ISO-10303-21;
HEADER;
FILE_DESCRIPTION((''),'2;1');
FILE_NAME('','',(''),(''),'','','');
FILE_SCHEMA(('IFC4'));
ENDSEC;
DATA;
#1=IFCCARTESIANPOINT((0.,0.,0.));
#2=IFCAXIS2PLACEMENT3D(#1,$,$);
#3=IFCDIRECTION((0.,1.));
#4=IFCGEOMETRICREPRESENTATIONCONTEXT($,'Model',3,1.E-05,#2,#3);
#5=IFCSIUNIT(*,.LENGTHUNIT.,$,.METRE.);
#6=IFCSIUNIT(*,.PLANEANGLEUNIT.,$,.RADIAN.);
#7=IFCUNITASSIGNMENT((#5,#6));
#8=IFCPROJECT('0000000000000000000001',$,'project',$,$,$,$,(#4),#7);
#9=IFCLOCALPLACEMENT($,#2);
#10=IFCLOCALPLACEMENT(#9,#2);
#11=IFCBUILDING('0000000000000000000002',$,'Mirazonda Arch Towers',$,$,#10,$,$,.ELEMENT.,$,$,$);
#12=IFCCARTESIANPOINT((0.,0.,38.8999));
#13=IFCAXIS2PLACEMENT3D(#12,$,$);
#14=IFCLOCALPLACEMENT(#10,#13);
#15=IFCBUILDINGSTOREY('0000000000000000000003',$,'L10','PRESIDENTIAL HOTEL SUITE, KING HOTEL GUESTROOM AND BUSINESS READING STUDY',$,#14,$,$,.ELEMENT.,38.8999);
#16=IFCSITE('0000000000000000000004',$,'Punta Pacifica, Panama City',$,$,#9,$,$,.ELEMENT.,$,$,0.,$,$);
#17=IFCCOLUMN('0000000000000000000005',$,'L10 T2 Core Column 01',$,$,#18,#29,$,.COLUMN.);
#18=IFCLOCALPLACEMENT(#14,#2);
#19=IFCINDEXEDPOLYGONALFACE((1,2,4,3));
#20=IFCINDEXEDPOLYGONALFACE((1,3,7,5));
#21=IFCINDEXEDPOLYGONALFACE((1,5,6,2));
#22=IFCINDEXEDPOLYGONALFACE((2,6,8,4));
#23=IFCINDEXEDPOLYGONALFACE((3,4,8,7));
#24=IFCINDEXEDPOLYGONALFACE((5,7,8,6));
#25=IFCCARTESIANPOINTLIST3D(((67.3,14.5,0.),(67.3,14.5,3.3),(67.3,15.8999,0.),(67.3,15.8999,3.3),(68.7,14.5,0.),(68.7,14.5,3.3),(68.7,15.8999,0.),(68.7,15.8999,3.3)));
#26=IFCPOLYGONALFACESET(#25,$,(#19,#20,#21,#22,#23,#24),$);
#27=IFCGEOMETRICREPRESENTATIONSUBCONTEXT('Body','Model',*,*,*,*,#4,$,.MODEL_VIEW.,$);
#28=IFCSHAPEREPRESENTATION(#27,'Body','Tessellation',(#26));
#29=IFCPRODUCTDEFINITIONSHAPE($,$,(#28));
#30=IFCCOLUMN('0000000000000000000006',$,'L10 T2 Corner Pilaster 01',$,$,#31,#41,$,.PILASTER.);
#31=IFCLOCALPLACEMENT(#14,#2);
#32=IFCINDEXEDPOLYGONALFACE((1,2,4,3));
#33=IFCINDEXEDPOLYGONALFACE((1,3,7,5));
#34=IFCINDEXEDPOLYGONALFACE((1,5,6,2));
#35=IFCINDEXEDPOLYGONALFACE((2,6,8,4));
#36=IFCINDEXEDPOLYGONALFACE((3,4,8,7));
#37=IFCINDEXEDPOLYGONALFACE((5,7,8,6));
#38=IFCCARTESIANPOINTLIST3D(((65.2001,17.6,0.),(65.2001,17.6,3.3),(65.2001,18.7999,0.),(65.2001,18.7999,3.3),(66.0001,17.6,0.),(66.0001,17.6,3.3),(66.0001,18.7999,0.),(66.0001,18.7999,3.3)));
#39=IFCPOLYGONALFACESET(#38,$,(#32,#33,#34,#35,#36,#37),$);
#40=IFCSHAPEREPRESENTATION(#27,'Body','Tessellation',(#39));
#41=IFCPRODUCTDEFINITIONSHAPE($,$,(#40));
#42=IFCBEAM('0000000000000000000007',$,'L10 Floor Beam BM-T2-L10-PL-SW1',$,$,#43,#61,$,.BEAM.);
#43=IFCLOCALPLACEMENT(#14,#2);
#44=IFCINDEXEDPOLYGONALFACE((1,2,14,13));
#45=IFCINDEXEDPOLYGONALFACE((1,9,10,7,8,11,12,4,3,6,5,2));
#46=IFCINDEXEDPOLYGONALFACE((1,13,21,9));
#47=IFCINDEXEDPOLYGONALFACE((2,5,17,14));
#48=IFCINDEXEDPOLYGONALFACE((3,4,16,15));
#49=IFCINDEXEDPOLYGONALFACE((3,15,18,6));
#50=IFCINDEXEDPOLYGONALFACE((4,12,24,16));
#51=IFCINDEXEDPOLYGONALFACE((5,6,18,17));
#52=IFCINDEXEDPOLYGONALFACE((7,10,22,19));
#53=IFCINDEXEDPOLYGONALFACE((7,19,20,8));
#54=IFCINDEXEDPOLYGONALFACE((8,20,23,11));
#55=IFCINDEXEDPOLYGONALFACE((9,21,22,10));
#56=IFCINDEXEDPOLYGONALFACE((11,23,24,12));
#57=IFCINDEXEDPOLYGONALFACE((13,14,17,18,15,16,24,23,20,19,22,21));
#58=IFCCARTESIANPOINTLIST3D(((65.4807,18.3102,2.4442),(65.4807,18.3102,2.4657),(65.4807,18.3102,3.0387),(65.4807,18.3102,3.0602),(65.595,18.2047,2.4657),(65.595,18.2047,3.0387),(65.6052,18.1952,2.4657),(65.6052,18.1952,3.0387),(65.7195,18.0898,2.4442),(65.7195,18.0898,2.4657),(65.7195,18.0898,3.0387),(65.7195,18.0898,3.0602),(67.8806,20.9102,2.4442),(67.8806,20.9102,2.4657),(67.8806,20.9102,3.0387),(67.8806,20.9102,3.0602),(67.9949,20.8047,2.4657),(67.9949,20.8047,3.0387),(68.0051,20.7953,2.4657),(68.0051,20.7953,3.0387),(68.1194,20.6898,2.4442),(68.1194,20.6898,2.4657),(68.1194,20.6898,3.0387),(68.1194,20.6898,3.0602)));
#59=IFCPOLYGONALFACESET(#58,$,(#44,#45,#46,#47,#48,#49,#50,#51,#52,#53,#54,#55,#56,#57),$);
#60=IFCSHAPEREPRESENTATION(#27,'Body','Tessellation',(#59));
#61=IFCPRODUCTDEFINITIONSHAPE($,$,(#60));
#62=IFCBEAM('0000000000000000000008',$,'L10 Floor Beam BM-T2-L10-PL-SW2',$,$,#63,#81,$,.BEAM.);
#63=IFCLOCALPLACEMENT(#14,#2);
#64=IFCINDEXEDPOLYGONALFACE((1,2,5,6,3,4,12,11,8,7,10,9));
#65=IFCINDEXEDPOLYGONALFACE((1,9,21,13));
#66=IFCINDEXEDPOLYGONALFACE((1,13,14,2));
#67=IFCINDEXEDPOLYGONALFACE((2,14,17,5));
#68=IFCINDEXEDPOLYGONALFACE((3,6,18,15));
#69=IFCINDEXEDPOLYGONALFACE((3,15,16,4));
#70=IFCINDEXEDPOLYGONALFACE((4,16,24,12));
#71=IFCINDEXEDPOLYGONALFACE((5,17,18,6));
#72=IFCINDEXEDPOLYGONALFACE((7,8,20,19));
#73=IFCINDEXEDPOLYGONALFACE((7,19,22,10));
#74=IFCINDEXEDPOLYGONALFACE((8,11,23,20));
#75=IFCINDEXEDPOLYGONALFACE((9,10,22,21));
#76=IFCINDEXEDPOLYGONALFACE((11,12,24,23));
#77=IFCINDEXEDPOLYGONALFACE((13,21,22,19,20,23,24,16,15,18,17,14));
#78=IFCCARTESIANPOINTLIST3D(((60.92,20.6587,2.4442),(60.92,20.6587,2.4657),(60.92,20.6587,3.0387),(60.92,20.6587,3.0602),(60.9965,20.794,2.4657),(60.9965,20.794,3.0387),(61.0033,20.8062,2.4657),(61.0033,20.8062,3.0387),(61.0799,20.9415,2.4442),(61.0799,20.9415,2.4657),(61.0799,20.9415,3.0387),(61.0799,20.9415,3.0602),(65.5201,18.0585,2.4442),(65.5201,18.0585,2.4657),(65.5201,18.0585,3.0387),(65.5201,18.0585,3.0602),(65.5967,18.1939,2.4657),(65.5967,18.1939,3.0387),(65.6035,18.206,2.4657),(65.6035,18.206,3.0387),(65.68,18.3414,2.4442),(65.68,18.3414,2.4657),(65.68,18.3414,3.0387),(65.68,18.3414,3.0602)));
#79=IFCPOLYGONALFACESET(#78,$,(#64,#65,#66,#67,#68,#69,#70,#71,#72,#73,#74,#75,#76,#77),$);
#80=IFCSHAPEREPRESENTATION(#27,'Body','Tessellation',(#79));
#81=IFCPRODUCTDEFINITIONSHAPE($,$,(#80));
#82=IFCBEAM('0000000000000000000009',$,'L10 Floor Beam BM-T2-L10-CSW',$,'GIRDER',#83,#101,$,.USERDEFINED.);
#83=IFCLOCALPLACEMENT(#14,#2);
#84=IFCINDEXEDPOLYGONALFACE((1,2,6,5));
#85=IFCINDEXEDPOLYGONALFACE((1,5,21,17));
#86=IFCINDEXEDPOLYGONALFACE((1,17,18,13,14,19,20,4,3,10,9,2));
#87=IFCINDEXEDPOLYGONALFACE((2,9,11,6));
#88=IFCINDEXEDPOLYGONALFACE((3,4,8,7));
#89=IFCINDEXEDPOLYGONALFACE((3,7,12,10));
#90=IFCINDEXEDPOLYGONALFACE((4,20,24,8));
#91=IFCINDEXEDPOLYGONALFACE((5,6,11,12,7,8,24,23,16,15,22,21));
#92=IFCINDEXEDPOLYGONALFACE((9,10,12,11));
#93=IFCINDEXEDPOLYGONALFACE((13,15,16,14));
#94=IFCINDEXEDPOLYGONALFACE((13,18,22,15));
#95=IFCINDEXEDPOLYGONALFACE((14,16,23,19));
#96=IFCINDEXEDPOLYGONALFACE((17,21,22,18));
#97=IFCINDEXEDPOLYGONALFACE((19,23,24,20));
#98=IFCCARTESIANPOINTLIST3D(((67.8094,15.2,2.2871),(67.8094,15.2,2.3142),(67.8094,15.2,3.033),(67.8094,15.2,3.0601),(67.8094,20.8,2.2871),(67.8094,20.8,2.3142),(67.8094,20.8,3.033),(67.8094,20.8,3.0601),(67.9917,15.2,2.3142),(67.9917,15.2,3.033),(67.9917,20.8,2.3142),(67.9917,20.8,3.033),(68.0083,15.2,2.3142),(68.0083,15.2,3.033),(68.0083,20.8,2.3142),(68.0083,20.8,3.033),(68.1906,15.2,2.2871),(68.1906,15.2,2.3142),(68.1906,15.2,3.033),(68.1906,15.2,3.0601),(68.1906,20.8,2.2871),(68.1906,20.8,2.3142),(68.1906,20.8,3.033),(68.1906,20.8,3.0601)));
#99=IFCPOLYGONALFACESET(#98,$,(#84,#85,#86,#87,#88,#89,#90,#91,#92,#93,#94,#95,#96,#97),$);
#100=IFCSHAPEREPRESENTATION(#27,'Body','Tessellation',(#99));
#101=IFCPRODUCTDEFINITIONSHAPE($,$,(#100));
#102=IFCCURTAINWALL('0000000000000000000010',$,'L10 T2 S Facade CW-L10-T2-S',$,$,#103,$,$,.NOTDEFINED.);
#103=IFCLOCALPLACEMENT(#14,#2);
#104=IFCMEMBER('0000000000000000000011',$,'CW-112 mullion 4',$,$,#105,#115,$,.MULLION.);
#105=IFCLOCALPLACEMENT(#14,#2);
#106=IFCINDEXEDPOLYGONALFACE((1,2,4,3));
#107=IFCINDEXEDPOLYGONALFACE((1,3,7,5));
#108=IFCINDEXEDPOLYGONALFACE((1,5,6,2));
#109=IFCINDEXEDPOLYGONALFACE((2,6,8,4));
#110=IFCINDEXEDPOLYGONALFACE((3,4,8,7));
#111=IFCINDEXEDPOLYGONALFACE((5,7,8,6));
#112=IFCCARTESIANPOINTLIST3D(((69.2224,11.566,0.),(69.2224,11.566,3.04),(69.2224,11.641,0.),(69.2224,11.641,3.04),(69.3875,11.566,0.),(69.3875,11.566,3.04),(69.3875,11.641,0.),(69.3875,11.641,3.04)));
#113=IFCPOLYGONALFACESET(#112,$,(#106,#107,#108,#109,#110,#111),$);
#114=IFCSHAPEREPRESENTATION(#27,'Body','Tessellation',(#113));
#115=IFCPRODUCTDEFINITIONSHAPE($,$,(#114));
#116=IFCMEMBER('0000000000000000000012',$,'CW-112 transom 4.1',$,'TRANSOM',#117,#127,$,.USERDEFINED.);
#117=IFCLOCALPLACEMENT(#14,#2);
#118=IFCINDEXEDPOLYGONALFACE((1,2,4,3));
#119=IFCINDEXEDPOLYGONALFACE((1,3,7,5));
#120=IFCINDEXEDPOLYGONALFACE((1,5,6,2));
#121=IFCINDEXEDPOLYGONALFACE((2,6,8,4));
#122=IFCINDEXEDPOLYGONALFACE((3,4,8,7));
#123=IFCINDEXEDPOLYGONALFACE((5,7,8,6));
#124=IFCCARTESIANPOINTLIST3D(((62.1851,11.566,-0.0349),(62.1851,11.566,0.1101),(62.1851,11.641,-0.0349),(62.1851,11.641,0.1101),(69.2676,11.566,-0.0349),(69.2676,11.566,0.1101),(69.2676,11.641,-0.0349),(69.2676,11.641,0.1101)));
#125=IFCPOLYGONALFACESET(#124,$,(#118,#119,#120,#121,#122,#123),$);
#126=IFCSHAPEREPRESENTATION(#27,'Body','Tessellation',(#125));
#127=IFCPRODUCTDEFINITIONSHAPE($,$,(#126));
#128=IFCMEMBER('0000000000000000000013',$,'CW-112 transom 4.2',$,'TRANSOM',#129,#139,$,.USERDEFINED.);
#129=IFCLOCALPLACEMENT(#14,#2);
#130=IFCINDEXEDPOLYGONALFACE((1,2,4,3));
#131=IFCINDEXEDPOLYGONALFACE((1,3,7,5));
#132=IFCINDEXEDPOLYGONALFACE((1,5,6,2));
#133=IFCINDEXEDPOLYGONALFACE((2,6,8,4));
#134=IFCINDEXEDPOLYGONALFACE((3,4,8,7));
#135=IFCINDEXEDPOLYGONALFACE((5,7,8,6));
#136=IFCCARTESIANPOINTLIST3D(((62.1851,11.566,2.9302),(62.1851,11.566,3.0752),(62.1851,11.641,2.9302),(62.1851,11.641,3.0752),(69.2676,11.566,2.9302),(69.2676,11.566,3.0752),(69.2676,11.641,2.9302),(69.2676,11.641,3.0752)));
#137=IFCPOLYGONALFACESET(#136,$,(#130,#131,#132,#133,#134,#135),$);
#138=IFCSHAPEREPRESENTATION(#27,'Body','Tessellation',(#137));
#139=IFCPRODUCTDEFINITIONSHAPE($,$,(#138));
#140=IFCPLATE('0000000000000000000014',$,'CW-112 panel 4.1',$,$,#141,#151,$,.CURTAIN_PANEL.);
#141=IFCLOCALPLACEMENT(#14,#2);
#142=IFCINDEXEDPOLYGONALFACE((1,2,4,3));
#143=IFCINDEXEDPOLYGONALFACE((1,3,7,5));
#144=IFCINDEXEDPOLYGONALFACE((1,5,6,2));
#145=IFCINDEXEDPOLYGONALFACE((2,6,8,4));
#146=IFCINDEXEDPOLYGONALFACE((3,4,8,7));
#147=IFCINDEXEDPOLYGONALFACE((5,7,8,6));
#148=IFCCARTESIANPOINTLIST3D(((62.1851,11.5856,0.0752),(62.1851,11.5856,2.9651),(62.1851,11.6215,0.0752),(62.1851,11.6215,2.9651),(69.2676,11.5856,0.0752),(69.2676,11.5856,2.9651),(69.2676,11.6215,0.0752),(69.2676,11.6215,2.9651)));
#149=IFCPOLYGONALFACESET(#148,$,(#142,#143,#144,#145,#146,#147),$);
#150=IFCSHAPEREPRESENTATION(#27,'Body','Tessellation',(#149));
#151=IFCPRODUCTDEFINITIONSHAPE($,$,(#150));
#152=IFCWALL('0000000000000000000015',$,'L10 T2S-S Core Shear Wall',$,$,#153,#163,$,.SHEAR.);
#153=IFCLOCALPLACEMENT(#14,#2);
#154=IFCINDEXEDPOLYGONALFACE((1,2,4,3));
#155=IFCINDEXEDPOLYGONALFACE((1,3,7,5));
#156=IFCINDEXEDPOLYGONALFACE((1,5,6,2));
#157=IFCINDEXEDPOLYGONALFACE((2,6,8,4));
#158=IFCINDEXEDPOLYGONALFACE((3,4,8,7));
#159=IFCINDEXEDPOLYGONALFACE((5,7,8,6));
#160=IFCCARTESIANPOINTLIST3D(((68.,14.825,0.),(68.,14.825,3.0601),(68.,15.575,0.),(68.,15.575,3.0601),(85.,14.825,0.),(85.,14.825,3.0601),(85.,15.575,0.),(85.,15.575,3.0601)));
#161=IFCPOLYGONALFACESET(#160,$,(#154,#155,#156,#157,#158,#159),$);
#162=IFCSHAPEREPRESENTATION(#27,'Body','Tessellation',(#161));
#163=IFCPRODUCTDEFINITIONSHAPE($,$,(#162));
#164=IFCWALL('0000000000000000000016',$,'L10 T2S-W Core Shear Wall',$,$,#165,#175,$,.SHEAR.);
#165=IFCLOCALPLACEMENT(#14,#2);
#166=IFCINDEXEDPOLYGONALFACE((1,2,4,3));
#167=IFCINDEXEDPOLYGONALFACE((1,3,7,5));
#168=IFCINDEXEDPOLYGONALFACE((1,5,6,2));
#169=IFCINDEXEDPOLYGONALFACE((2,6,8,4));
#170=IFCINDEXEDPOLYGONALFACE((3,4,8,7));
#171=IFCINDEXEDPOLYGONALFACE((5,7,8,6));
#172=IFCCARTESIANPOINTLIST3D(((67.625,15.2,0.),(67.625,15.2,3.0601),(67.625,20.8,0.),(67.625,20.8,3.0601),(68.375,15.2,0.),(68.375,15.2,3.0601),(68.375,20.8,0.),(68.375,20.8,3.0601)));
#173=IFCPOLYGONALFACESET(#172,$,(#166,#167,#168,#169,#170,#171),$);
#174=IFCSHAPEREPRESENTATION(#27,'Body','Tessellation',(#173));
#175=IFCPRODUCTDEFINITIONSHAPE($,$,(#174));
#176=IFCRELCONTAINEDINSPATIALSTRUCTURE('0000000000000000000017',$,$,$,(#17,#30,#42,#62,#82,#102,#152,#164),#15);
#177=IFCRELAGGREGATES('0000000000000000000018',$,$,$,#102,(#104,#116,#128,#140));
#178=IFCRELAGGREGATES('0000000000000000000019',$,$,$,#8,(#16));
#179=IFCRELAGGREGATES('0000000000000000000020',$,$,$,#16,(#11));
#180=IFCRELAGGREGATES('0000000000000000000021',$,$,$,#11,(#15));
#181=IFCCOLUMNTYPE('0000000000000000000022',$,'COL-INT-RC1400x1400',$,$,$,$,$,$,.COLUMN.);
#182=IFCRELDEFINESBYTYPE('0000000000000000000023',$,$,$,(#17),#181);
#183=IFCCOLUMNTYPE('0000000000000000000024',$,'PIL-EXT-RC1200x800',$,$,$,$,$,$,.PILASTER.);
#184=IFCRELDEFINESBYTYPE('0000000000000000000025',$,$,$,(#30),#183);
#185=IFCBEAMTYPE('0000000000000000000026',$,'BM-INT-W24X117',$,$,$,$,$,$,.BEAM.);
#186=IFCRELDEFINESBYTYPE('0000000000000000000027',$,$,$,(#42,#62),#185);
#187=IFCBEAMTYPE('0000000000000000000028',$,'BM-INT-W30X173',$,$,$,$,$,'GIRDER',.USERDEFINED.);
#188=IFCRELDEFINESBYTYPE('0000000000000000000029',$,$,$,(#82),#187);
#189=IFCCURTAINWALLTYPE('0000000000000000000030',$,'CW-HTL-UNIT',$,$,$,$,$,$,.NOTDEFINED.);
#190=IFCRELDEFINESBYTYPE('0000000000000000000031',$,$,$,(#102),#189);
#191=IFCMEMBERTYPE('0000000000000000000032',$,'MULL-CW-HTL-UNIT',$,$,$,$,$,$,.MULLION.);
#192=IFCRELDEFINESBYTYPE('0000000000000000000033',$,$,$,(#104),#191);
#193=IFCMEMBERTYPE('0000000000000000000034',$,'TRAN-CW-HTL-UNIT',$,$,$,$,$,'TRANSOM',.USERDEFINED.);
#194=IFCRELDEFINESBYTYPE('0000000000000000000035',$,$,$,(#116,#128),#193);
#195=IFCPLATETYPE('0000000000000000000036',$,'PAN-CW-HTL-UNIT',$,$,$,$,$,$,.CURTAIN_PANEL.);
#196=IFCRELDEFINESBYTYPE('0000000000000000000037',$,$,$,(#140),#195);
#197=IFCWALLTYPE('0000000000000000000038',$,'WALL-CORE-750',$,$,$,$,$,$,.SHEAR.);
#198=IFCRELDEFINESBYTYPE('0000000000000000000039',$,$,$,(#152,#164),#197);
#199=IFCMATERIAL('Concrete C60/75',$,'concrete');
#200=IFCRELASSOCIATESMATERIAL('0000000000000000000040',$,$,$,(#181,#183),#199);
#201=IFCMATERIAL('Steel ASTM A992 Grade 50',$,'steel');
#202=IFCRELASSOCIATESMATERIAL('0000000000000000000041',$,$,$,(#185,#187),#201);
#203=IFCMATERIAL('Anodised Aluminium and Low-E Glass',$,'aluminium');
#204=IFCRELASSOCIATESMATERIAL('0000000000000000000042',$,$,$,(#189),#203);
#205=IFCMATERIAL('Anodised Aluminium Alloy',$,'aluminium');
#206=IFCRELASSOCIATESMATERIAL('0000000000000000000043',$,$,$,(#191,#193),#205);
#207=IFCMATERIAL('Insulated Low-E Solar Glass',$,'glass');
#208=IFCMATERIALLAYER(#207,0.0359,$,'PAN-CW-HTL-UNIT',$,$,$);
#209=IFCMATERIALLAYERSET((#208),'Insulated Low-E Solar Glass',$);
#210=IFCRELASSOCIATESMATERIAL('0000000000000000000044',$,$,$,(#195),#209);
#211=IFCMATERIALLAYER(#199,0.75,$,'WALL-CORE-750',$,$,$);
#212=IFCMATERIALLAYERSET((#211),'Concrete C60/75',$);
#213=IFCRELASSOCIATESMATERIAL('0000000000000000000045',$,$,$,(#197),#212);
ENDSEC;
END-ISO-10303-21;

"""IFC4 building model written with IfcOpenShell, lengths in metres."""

from ifc_helpers import new_model, si_unit, direction, frame, frame_2d, origin, origin_2d, place, context, subcontext, project, spatial, rectangle, i_section, extrude, material, layer, layer_set, material_profile, profile_set, type_object, element, aggregate, save


model = new_model("IFC4")

# Units and contexts
model_context = context("Model", 3, precision=1e-05, world=origin(), true_north=direction((0.0, 1.0)))
body_context = subcontext(model_context, "Body", "Model", "MODEL_VIEW")
ifc_project = project(units=[si_unit("LENGTHUNIT", "METRE"), si_unit("PLANEANGLEUNIT", "RADIAN")], contexts=[model_context])

# Site, building, storey
site_placement = place(None, origin())
site = spatial("IfcSite", under=ifc_project, at=site_placement, Name="Punta Pacifica, Panama City", CompositionType="ELEMENT", RefElevation=0.0)
building_placement = place(site_placement, origin())
building = spatial("IfcBuilding", under=site, at=building_placement, Name="Mirazonda Arch Towers", CompositionType="ELEMENT")
storey_placement = place(building_placement, frame((0.0, 0.0, 38.8999)))
storey = spatial("IfcBuildingStorey", under=building, at=storey_placement, Name="L10", Description="PRESIDENTIAL HOTEL SUITE, KING HOTEL GUESTROOM AND BUSINESS READING STUDY", CompositionType="ELEMENT", Elevation=38.8999)

# Columns
ifc_material_1 = material(Name="Concrete C60/75", Category="concrete")
ifc_material_profile_1 = material_profile(ifc_material_1, rectangle(XDim=1.3999, YDim=1.3999, at=origin_2d()), Name="RC1400x1400")
ifc_profile_set_1 = profile_set([ifc_material_profile_1], Name="Concrete C60/75")
column_type_1 = type_object("IfcColumnType", Name="COL-INT-RC1400x1400", PredefinedType="COLUMN", material=ifc_profile_set_1)
column_1_placement = place(storey_placement, frame((68.0, 15.2, 0.0), z_axis=(0.0, 0.0, 1.0), x_axis=(1.0, 0.0, 0.0)))
element("IfcColumn", 1, at=column_1_placement, inside=storey, type_object=column_type_1, Name="L10 T2 Core Column 01", PredefinedType="COLUMN", context=body_context, shape_type="SweptSolid", body=[
    extrude(rectangle(XDim=1.3999, YDim=1.3999, at=origin_2d()), origin(), (0.0, 0.0, 1.0), 3.3),
])
ifc_material_profile_2 = material_profile(ifc_material_1, rectangle(XDim=0.8, YDim=1.2, at=origin_2d()), Name="RC1200x800")
ifc_profile_set_2 = profile_set([ifc_material_profile_2], Name="Concrete C60/75")
column_type_2 = type_object("IfcColumnType", Name="PIL-EXT-RC1200x800", PredefinedType="PILASTER", material=ifc_profile_set_2)
column_2_placement = place(storey_placement, frame((65.6001, 18.2, 0.0), z_axis=(0.0, 0.0, 1.0), x_axis=(1.0, 0.0, 0.0)))
element("IfcColumn", 2, at=column_2_placement, inside=storey, type_object=column_type_2, Name="L10 T2 Corner Pilaster 01", PredefinedType="PILASTER", context=body_context, shape_type="SweptSolid", body=[
    extrude(rectangle(XDim=0.8, YDim=1.2, at=origin_2d()), origin(), (0.0, 0.0, 1.0), 3.3),
])

# Beams
ifc_material_2 = material(Name="Steel ASTM A992 Grade 50", Category="steel")
ifc_material_profile_3 = material_profile(ifc_material_2, i_section(OverallWidth=0.325, OverallDepth=0.616, WebThickness=0.0139, FlangeThickness=0.0215, at=origin_2d()), Name="W24X117")
ifc_profile_set_3 = profile_set([ifc_material_profile_3], Name="Steel ASTM A992 Grade 50")
beam_type_1 = type_object("IfcBeamType", Name="BM-INT-W24X117", PredefinedType="BEAM", material=ifc_profile_set_3)
beam_1_placement = place(storey_placement, frame((65.6001, 18.2, 2.7522), z_axis=(0.678251, 0.73483, 0.0), x_axis=(-0.73483, 0.678251, 0.0)))
element("IfcBeam", 3, at=beam_1_placement, inside=storey, type_object=beam_type_1, Name="L10 Floor Beam BM-T2-L10-PL-SW1", PredefinedType="BEAM", context=body_context, shape_type="SweptSolid", body=[
    extrude(i_section(OverallWidth=0.325, OverallDepth=0.616, WebThickness=0.0139, FlangeThickness=0.0215, at=origin_2d()), origin(), (0.0, 0.0, 1.0), 3.5383),
])
beam_2_placement = place(storey_placement, frame((65.6001, 18.2, 2.7522), z_axis=(-0.870559, 0.492063, 0.0), x_axis=(-0.492063, -0.870559, 0.0)))
element("IfcBeam", 4, at=beam_2_placement, inside=storey, type_object=beam_type_1, Name="L10 Floor Beam BM-T2-L10-PL-SW2", PredefinedType="BEAM", context=body_context, shape_type="SweptSolid", body=[
    extrude(i_section(OverallWidth=0.325, OverallDepth=0.616, WebThickness=0.0139, FlangeThickness=0.0215, at=origin_2d()), origin(), (0.0, 0.0, 1.0), 5.2842),
])
ifc_material_profile_4 = material_profile(ifc_material_2, i_section(OverallWidth=0.3811, OverallDepth=0.7729, WebThickness=0.0166, FlangeThickness=0.0271, at=origin_2d()), Name="W30X173")
ifc_profile_set_4 = profile_set([ifc_material_profile_4], Name="Steel ASTM A992 Grade 50")
beam_type_2 = type_object("IfcBeamType", Name="BM-INT-W30X173", ElementType="GIRDER", PredefinedType="USERDEFINED", material=ifc_profile_set_4)
beam_3_placement = place(storey_placement, frame((68.0, 15.2, 2.6736), z_axis=(0.0, 1.0, 0.0), x_axis=(-1.0, 0.0, 0.0)))
element("IfcBeam", 5, at=beam_3_placement, inside=storey, type_object=beam_type_2, Name="L10 Floor Beam BM-T2-L10-CSW", ObjectType="GIRDER", PredefinedType="USERDEFINED", context=body_context, shape_type="SweptSolid", body=[
    extrude(i_section(OverallWidth=0.3811, OverallDepth=0.7729, WebThickness=0.0166, FlangeThickness=0.0271, at=origin_2d()), origin(), (0.0, 0.0, 1.0), 5.6001),
])

# Curtain wall, members, plate
ifc_material_3 = material(Name="Anodised Aluminium and Low-E Glass", Category="aluminium")
curtain_wall_type = type_object("IfcCurtainWallType", Name="CW-HTL-UNIT", PredefinedType="NOTDEFINED", material=ifc_material_3)
curtain_wall_placement = place(storey_placement, origin())
curtain_wall = element("IfcCurtainWall", 6, at=curtain_wall_placement, inside=storey, type_object=curtain_wall_type, Name="L10 T2 S Facade CW-L10-T2-S", PredefinedType="NOTDEFINED")
ifc_material_4 = material(Name="Anodised Aluminium Alloy", Category="aluminium")
ifc_material_profile_5 = material_profile(ifc_material_4, rectangle(XDim=0.075, YDim=0.165, at=origin_2d()), Name="ALU-MULL-75x165")
ifc_profile_set_5 = profile_set([ifc_material_profile_5], Name="Anodised Aluminium Alloy")
member_type_1 = type_object("IfcMemberType", Name="MULL-CW-HTL-UNIT", PredefinedType="MULLION", material=ifc_profile_set_5)
member_1_placement = place(storey_placement, frame((69.3049, 11.6035, 0.0), z_axis=(0.0, 0.0, 1.0), x_axis=(0.0, -1.0, 0.0)))
member_1 = element("IfcMember", 7, at=member_1_placement, type_object=member_type_1, Name="CW-112 mullion 4", PredefinedType="MULLION", context=body_context, shape_type="SweptSolid", body=[
    extrude(rectangle(XDim=0.075, YDim=0.165, at=origin_2d()), origin(), (0.0, 0.0, 1.0), 3.04),
])
ifc_material_profile_6 = material_profile(ifc_material_4, rectangle(XDim=0.075, YDim=0.145, at=origin_2d()), Name="ALU-TRAN-75x145")
ifc_profile_set_6 = profile_set([ifc_material_profile_6], Name="Anodised Aluminium Alloy")
member_type_2 = type_object("IfcMemberType", Name="TRAN-CW-HTL-UNIT", ElementType="TRANSOM", PredefinedType="USERDEFINED", material=ifc_profile_set_6)
member_2_placement = place(storey_placement, frame((69.2676, 11.6035, 0.0376), z_axis=(-1.0, 0.0, 0.0), x_axis=(0.0, -1.0, 0.0)))
member_2 = element("IfcMember", 8, at=member_2_placement, type_object=member_type_2, Name="CW-112 transom 4.1", ObjectType="TRANSOM", PredefinedType="USERDEFINED", context=body_context, shape_type="SweptSolid", body=[
    extrude(rectangle(XDim=0.075, YDim=0.145, at=origin_2d()), origin(), (0.0, 0.0, 1.0), 7.0825),
])
member_3_placement = place(storey_placement, frame((69.2676, 11.6035, 3.0027), z_axis=(-1.0, 0.0, 0.0), x_axis=(0.0, -1.0, 0.0)))
member_3 = element("IfcMember", 9, at=member_3_placement, type_object=member_type_2, Name="CW-112 transom 4.2", ObjectType="TRANSOM", PredefinedType="USERDEFINED", context=body_context, shape_type="SweptSolid", body=[
    extrude(rectangle(XDim=0.075, YDim=0.145, at=origin_2d()), origin(), (0.0, 0.0, 1.0), 7.0825),
])
ifc_material_5 = material(Name="Insulated Low-E Solar Glass", Category="glass")
ifc_layer_1 = layer(ifc_material_5, 0.0359, Name="PAN-CW-HTL-UNIT")
ifc_layer_set_1 = layer_set([ifc_layer_1], Name="Insulated Low-E Solar Glass")
plate_type = type_object("IfcPlateType", Name="PAN-CW-HTL-UNIT", PredefinedType="CURTAIN_PANEL", material=ifc_layer_set_1)
plate_placement = place(storey_placement, frame((65.7263, 11.6035, 0.0752), z_axis=(0.0, 0.0, 1.0), x_axis=(-1.0, 0.0, 0.0)))
plate = element("IfcPlate", 10, at=plate_placement, type_object=plate_type, Name="CW-112 panel 4.1", PredefinedType="CURTAIN_PANEL", context=body_context, shape_type="SweptSolid", body=[
    extrude(rectangle(XDim=7.0825, YDim=0.0359, at=origin_2d()), origin(), (0.0, 0.0, 1.0), 2.8899),
])
aggregate(curtain_wall, [member_1, member_2, member_3, plate])

# Walls
ifc_layer_2 = layer(ifc_material_1, 0.75, Name="WALL-CORE-750")
ifc_layer_set_2 = layer_set([ifc_layer_2], Name="Concrete C60/75")
wall_type = type_object("IfcWallType", Name="WALL-CORE-750", PredefinedType="SHEAR", material=ifc_layer_set_2)
wall_1_placement = place(storey_placement, frame((68.0, 15.2, 0.0), z_axis=(0.0, 0.0, 1.0), x_axis=(1.0, 0.0, 0.0)))
element("IfcWall", 11, at=wall_1_placement, inside=storey, type_object=wall_type, Name="L10 T2S-S Core Shear Wall", PredefinedType="SHEAR", context=body_context, shape_type="SweptSolid", body=[
    extrude(rectangle(XDim=17.0, YDim=0.75, at=frame_2d((8.5, 0.0))), origin(), (0.0, 0.0, 1.0), 3.0601),
])
wall_2_placement = place(storey_placement, frame((68.0, 15.2, 0.0), z_axis=(0.0, 0.0, 1.0), x_axis=(0.0, 1.0, 0.0)))
element("IfcWall", 12, at=wall_2_placement, inside=storey, type_object=wall_type, Name="L10 T2S-W Core Shear Wall", PredefinedType="SHEAR", context=body_context, shape_type="SweptSolid", body=[
    extrude(rectangle(XDim=5.6001, YDim=0.75, at=frame_2d((2.8, 0.0))), origin(), (0.0, 0.0, 1.0), 3.0601),
])

save(model, "model.ifc")
